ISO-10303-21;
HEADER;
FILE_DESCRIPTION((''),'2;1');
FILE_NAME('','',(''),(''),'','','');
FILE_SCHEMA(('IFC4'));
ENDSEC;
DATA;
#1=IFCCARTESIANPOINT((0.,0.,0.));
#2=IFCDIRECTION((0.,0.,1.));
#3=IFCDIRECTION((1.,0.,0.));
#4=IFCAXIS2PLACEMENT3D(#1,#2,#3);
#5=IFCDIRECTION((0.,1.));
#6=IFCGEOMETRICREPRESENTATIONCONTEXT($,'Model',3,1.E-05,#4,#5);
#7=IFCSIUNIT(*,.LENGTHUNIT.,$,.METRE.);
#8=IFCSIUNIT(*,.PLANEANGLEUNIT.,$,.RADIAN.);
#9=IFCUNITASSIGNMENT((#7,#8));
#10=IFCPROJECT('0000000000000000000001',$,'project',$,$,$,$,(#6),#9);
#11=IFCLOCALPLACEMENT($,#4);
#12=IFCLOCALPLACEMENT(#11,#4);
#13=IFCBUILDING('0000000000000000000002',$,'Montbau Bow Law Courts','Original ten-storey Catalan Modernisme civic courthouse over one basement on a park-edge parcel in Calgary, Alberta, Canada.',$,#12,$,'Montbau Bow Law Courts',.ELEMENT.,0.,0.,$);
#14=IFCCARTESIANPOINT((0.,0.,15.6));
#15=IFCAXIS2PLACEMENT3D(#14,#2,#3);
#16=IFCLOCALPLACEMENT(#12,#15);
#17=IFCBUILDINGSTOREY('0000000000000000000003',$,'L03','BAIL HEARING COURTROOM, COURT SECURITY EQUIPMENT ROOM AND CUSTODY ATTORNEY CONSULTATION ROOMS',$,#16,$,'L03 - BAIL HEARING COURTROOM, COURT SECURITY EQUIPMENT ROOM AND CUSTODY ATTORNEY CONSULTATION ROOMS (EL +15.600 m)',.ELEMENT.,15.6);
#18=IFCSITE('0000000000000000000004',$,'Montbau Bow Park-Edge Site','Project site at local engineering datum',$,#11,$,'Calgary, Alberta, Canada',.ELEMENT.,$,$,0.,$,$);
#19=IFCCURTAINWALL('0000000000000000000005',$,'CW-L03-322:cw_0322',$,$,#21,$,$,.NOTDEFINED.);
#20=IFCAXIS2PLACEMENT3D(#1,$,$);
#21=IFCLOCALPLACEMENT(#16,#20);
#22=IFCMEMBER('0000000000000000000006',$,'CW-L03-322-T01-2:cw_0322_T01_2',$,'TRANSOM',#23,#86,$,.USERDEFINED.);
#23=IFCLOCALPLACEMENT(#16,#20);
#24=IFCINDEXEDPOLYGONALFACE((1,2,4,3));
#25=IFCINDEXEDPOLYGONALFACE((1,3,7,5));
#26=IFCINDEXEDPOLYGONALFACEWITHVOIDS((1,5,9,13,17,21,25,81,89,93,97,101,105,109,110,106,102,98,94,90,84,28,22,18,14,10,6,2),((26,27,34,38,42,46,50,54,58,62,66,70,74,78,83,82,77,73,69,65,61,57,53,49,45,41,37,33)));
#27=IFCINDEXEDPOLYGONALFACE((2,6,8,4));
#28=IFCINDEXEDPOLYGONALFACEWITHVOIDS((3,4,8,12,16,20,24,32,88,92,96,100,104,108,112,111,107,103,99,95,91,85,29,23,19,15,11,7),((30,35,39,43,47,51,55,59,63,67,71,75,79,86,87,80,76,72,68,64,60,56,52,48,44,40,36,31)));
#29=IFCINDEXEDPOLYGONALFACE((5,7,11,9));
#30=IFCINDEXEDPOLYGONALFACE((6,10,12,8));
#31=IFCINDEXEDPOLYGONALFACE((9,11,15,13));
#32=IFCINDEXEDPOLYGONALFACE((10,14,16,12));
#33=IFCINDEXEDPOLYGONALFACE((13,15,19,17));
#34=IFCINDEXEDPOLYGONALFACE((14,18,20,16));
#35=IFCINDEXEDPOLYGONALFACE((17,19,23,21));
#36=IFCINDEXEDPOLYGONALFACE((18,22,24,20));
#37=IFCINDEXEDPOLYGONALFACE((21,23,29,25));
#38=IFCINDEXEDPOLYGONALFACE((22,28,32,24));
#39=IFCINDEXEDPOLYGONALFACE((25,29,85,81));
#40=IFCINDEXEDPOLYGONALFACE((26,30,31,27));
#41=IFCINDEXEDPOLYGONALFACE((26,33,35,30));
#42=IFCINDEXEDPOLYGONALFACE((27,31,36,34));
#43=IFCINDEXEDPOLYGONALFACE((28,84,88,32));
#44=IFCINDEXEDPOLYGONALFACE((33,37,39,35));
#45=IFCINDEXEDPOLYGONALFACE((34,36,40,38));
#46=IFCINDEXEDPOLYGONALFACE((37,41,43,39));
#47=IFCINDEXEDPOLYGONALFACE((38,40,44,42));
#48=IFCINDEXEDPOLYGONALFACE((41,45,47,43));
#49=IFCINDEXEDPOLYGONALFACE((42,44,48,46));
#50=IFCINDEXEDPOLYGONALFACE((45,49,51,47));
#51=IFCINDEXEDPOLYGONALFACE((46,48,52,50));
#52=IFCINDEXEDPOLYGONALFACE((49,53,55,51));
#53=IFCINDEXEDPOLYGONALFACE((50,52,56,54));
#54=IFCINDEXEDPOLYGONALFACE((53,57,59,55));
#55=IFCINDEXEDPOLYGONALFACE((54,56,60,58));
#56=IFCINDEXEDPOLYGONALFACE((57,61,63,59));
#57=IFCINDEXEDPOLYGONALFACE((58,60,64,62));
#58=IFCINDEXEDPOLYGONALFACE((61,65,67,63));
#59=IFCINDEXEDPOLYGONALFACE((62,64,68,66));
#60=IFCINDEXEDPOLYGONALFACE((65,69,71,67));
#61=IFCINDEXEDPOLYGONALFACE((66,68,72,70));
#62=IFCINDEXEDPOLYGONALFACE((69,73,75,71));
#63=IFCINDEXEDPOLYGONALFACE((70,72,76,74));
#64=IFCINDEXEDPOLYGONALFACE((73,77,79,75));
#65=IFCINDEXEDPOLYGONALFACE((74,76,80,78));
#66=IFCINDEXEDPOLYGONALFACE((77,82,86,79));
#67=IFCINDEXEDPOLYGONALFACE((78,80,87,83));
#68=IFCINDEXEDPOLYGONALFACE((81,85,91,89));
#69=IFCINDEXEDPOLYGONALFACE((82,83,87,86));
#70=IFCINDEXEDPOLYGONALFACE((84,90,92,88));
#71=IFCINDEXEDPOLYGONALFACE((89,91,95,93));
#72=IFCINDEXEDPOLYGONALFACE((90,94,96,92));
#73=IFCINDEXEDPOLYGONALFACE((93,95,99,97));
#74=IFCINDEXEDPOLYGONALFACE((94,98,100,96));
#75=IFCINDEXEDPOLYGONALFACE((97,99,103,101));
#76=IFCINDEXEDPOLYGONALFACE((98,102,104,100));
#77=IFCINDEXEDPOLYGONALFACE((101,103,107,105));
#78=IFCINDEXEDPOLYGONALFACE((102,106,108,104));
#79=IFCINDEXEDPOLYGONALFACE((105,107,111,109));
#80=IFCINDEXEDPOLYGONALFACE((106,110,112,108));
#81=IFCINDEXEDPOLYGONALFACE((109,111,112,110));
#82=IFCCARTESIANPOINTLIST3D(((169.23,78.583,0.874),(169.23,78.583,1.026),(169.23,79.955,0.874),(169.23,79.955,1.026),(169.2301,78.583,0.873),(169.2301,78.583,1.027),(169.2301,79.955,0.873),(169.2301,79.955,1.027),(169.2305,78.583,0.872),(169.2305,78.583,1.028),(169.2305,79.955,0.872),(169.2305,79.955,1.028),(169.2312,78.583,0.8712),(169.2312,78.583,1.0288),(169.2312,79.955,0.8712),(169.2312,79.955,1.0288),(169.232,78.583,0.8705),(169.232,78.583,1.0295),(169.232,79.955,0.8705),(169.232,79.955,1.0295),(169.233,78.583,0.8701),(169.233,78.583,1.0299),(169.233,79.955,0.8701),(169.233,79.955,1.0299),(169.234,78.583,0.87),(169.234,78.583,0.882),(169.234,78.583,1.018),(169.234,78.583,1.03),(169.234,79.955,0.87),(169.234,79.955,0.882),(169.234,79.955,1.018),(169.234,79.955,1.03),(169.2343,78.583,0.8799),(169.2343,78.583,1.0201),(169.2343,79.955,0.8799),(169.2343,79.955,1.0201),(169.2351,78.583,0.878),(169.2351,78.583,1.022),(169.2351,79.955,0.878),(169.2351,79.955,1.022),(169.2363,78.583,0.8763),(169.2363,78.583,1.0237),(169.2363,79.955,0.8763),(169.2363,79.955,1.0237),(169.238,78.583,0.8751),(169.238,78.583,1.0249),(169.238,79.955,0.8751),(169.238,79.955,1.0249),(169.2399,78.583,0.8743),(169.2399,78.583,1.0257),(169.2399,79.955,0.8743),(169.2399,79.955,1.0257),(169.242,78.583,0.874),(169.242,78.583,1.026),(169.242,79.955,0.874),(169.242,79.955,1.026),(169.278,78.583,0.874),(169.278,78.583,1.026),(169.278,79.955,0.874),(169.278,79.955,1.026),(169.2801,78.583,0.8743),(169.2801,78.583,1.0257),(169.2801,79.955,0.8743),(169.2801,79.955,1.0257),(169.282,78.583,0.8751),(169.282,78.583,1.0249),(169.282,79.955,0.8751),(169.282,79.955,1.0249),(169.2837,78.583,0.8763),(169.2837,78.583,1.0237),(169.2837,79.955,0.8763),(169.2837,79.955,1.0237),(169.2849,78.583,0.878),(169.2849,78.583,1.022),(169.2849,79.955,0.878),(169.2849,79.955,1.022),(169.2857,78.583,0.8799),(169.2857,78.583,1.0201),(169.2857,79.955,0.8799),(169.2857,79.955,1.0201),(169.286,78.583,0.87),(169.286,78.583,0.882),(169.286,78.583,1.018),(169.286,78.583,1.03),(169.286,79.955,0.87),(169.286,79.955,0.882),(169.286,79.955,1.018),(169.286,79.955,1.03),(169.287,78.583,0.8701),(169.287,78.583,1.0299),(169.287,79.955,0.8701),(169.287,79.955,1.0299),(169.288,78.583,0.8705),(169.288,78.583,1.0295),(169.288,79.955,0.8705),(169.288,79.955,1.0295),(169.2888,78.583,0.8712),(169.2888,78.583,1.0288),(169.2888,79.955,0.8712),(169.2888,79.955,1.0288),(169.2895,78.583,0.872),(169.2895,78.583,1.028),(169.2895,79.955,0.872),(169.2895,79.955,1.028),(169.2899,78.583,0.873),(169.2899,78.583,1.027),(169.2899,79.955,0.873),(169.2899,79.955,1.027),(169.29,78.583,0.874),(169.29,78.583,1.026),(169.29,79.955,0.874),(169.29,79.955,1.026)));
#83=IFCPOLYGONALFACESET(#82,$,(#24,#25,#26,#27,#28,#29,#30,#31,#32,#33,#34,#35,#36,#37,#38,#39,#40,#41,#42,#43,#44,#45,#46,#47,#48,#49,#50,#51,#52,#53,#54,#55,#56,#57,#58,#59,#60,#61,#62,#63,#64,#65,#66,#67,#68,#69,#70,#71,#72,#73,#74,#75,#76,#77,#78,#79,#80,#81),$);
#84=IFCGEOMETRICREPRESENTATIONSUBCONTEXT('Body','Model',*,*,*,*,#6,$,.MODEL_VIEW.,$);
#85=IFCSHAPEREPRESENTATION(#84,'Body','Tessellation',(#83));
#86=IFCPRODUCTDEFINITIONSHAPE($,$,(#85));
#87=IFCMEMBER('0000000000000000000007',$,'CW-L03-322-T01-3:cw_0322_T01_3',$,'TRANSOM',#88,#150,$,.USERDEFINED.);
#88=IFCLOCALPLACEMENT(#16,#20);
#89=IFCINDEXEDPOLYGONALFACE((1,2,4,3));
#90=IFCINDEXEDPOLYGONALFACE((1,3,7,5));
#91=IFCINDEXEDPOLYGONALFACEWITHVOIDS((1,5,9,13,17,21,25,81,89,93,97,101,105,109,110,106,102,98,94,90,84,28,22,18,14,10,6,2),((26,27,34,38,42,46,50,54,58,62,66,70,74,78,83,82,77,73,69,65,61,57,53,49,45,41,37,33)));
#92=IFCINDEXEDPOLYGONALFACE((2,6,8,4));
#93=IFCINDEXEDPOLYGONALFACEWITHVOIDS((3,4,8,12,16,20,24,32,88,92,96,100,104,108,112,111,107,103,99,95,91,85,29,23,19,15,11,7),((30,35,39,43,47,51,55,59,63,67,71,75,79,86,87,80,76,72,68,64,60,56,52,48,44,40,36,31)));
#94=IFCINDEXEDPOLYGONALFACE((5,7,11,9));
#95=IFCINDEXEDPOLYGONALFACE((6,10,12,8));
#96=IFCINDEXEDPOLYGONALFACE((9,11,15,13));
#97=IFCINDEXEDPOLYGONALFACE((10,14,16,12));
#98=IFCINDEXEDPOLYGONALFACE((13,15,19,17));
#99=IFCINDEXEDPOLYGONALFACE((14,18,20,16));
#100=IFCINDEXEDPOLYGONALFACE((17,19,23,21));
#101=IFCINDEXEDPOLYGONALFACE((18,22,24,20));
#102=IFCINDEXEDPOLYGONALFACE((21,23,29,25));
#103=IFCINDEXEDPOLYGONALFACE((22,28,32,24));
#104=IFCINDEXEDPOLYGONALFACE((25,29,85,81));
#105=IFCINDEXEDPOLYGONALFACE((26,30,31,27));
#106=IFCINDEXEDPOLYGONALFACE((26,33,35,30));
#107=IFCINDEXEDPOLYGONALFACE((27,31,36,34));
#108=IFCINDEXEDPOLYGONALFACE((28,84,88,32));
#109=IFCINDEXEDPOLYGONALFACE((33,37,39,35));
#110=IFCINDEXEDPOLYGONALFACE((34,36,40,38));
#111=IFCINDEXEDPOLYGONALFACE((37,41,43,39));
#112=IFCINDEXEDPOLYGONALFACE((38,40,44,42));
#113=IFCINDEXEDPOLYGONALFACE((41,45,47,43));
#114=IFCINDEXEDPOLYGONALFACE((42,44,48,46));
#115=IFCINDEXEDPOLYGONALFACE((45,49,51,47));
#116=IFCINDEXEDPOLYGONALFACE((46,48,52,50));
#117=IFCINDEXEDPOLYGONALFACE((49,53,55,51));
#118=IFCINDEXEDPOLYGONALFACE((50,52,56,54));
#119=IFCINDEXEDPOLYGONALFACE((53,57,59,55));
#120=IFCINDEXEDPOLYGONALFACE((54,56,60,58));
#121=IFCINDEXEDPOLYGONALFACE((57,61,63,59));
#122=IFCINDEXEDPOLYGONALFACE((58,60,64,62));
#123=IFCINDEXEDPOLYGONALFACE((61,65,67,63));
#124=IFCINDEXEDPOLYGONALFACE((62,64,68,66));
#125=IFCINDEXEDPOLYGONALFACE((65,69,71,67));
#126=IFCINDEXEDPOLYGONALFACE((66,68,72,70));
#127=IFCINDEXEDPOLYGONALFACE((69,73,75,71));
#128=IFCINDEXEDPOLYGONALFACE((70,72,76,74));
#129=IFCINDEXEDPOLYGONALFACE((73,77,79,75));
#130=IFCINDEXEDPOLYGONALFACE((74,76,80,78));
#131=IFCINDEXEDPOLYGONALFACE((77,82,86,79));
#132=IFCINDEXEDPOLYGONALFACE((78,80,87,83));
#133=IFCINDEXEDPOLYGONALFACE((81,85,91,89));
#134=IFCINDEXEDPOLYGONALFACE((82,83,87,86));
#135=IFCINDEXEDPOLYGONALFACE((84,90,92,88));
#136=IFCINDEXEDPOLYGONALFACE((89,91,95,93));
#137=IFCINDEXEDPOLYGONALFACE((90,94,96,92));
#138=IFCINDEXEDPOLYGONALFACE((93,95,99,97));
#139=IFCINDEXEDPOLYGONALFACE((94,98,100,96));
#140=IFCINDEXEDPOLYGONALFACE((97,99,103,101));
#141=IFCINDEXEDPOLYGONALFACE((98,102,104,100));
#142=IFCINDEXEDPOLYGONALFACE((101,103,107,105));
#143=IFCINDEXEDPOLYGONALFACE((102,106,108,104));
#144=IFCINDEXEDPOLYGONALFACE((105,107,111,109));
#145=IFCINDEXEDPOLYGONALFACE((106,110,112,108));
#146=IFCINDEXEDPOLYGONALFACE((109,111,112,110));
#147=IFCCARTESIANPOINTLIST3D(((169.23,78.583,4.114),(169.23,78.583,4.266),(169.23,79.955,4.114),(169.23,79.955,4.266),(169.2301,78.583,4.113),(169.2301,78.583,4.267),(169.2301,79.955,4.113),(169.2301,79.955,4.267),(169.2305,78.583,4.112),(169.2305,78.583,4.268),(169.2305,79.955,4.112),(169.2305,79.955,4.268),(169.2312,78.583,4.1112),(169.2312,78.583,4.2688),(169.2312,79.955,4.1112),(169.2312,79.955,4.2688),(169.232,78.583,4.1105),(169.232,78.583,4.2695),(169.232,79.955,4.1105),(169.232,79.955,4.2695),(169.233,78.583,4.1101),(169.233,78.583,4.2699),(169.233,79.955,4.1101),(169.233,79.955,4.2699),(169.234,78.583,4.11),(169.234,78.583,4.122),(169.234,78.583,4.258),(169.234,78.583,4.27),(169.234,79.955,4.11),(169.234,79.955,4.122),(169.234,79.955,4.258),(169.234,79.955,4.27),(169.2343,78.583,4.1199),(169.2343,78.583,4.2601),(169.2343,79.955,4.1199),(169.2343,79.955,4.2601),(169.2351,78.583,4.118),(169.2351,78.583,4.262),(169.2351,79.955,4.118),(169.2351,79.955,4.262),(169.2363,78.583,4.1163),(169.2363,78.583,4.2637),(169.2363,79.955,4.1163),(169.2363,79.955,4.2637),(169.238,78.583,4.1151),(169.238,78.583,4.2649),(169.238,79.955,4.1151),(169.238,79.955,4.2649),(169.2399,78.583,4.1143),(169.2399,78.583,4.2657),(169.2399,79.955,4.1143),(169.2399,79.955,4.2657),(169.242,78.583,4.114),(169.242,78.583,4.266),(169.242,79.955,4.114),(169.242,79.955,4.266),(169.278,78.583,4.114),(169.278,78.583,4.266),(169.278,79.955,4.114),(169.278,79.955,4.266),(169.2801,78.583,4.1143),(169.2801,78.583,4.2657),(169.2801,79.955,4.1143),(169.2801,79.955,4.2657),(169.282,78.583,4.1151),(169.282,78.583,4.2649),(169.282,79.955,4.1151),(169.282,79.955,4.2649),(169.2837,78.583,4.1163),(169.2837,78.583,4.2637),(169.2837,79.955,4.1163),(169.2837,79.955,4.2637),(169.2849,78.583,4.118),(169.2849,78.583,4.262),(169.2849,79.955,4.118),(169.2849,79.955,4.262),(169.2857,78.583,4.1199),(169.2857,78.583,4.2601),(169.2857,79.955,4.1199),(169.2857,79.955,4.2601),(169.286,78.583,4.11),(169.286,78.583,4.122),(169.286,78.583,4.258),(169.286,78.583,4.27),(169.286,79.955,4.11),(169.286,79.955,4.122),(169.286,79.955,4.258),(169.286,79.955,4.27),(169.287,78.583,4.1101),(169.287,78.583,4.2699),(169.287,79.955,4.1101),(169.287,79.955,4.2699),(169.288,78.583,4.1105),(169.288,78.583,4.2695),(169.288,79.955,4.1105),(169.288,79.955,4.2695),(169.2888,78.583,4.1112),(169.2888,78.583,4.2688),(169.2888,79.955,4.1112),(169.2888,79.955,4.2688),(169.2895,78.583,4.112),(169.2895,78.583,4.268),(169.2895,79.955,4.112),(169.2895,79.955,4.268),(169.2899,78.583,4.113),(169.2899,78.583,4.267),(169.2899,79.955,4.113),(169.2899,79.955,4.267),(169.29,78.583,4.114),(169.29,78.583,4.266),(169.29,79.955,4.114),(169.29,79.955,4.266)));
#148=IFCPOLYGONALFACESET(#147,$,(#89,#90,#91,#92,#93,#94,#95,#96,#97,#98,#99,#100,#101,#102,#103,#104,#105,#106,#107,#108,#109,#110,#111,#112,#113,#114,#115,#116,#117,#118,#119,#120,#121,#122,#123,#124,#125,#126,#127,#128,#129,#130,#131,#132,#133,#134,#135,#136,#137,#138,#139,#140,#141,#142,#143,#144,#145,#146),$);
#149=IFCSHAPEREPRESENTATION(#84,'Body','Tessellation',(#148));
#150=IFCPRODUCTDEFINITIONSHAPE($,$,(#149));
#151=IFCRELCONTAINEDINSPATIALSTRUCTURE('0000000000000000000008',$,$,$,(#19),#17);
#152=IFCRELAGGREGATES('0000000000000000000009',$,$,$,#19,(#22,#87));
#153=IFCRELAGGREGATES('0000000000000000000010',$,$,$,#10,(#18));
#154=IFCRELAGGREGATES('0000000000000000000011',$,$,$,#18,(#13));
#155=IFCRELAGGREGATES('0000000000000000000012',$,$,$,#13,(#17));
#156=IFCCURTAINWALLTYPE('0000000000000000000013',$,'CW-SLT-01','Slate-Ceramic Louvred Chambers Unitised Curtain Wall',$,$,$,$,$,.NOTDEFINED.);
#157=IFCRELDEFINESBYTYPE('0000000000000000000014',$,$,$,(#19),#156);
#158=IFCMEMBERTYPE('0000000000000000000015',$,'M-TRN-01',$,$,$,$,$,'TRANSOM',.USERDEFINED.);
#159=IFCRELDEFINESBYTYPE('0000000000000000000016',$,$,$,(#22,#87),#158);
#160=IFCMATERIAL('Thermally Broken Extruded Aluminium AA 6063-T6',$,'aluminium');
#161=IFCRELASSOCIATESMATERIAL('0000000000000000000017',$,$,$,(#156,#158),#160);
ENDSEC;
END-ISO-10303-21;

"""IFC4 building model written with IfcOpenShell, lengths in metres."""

from ifc_helpers import new_model, si_unit, direction, frame, origin_with_axes, origin_2d_with_axis, place, context, subcontext, project, spatial, hollow_rectangle, extrude, material, material_profile, profile_set, type_object, element, aggregate, save


model = new_model("IFC4")

# Units and contexts
model_context = context("Model", 3, precision=1e-05, world=origin_with_axes(), true_north=direction((0.0, 1.0)))
body_context = subcontext(model_context, "Body", "Model", "MODEL_VIEW")
ifc_project = project(units=[si_unit("LENGTHUNIT", "METRE"), si_unit("PLANEANGLEUNIT", "RADIAN")], contexts=[model_context])

# Site, building, storey
site_placement = place(None, origin_with_axes())
site = spatial("IfcSite", under=ifc_project, at=site_placement, Name="Montbau Bow Park-Edge Site", Description="Project site at local engineering datum", LongName="Calgary, Alberta, Canada", CompositionType="ELEMENT", RefElevation=0.0)
building_placement = place(site_placement, origin_with_axes())
building = spatial("IfcBuilding", under=site, at=building_placement, Name="Montbau Bow Law Courts", Description="Original ten-storey Catalan Modernisme civic courthouse over one basement on a park-edge parcel in Calgary, Alberta, Canada.", LongName="Montbau Bow Law Courts", CompositionType="ELEMENT", ElevationOfRefHeight=0.0, ElevationOfTerrain=0.0)
storey_placement = place(building_placement, frame((0.0, 0.0, 15.6), z_axis=(0.0, 0.0, 1.0), x_axis=(1.0, 0.0, 0.0)))
storey = spatial("IfcBuildingStorey", under=building, at=storey_placement, Name="L03", Description="BAIL HEARING COURTROOM, COURT SECURITY EQUIPMENT ROOM AND CUSTODY ATTORNEY CONSULTATION ROOMS", LongName="L03 - BAIL HEARING COURTROOM, COURT SECURITY EQUIPMENT ROOM AND CUSTODY ATTORNEY CONSULTATION ROOMS (EL +15.600 m)", CompositionType="ELEMENT", Elevation=15.6)

# Shared definitions
ifc_material_1 = material(Name="Thermally Broken Extruded Aluminium AA 6063-T6", Category="aluminium")
curtain_wall_type = type_object("IfcCurtainWallType", Name="CW-SLT-01", Description="Slate-Ceramic Louvred Chambers Unitised Curtain Wall", PredefinedType="NOTDEFINED", material=ifc_material_1)

# Curtain wall, members
curtain_wall_1_placement = place(None, frame((169.26, 78.515, 15.6), z_axis=(0.0, 0.0, 1.0), x_axis=(1.0, 0.0, 0.0)))
curtain_wall_1 = element("IfcCurtainWall", 1, at=curtain_wall_1_placement, inside=storey, type_object=curtain_wall_type, Name="CW-L03-322:cw_0322", PredefinedType="NOTDEFINED")
ifc_material_profile_1 = material_profile(ifc_material_1, hollow_rectangle(XDim=0.06, YDim=0.16, WallThickness=0.004, InnerFilletRadius=0.008, OuterFilletRadius=0.004, at=origin_2d_with_axis()), Name="CWT-160X60", Category="Main", Priority=0)
ifc_profile_set_1 = profile_set([ifc_material_profile_1], Name="Thermally Broken Extruded Aluminium AA 6063-T6")
member_type_1 = type_object("IfcMemberType", Name="M-TRN-01", ElementType="TRANSOM", PredefinedType="USERDEFINED", material=ifc_profile_set_1)
member_1_placement = place(None, frame((169.26, 78.583, 16.55), z_axis=(0.0, 1.0, 0.0), x_axis=(-1.0, 0.0, 0.0)))
member_1 = element("IfcMember", 2, at=member_1_placement, type_object=member_type_1, Name="CW-L03-322-T01-2:cw_0322_T01_2", ObjectType="TRANSOM", PredefinedType="USERDEFINED", context=body_context, shape_type="SweptSolid", body=[
    extrude(hollow_rectangle(XDim=0.06, YDim=0.16, WallThickness=0.004, InnerFilletRadius=0.008, OuterFilletRadius=0.004, at=origin_2d_with_axis()), origin_with_axes(), (0.0, 0.0, 1.0), 1.372),
])
member_2_placement = place(None, frame((169.26, 78.583, 19.79), z_axis=(0.0, 1.0, 0.0), x_axis=(-1.0, 0.0, 0.0)))
member_2 = element("IfcMember", 3, at=member_2_placement, type_object=member_type_1, Name="CW-L03-322-T01-3:cw_0322_T01_3", ObjectType="TRANSOM", PredefinedType="USERDEFINED", context=body_context, shape_type="SweptSolid", body=[
    extrude(hollow_rectangle(XDim=0.06, YDim=0.16, WallThickness=0.004, InnerFilletRadius=0.008, OuterFilletRadius=0.004, at=origin_2d_with_axis()), origin_with_axes(), (0.0, 0.0, 1.0), 1.372),
])

aggregate(curtain_wall_1, [member_1, member_2])

save(model, "model.ifc")
